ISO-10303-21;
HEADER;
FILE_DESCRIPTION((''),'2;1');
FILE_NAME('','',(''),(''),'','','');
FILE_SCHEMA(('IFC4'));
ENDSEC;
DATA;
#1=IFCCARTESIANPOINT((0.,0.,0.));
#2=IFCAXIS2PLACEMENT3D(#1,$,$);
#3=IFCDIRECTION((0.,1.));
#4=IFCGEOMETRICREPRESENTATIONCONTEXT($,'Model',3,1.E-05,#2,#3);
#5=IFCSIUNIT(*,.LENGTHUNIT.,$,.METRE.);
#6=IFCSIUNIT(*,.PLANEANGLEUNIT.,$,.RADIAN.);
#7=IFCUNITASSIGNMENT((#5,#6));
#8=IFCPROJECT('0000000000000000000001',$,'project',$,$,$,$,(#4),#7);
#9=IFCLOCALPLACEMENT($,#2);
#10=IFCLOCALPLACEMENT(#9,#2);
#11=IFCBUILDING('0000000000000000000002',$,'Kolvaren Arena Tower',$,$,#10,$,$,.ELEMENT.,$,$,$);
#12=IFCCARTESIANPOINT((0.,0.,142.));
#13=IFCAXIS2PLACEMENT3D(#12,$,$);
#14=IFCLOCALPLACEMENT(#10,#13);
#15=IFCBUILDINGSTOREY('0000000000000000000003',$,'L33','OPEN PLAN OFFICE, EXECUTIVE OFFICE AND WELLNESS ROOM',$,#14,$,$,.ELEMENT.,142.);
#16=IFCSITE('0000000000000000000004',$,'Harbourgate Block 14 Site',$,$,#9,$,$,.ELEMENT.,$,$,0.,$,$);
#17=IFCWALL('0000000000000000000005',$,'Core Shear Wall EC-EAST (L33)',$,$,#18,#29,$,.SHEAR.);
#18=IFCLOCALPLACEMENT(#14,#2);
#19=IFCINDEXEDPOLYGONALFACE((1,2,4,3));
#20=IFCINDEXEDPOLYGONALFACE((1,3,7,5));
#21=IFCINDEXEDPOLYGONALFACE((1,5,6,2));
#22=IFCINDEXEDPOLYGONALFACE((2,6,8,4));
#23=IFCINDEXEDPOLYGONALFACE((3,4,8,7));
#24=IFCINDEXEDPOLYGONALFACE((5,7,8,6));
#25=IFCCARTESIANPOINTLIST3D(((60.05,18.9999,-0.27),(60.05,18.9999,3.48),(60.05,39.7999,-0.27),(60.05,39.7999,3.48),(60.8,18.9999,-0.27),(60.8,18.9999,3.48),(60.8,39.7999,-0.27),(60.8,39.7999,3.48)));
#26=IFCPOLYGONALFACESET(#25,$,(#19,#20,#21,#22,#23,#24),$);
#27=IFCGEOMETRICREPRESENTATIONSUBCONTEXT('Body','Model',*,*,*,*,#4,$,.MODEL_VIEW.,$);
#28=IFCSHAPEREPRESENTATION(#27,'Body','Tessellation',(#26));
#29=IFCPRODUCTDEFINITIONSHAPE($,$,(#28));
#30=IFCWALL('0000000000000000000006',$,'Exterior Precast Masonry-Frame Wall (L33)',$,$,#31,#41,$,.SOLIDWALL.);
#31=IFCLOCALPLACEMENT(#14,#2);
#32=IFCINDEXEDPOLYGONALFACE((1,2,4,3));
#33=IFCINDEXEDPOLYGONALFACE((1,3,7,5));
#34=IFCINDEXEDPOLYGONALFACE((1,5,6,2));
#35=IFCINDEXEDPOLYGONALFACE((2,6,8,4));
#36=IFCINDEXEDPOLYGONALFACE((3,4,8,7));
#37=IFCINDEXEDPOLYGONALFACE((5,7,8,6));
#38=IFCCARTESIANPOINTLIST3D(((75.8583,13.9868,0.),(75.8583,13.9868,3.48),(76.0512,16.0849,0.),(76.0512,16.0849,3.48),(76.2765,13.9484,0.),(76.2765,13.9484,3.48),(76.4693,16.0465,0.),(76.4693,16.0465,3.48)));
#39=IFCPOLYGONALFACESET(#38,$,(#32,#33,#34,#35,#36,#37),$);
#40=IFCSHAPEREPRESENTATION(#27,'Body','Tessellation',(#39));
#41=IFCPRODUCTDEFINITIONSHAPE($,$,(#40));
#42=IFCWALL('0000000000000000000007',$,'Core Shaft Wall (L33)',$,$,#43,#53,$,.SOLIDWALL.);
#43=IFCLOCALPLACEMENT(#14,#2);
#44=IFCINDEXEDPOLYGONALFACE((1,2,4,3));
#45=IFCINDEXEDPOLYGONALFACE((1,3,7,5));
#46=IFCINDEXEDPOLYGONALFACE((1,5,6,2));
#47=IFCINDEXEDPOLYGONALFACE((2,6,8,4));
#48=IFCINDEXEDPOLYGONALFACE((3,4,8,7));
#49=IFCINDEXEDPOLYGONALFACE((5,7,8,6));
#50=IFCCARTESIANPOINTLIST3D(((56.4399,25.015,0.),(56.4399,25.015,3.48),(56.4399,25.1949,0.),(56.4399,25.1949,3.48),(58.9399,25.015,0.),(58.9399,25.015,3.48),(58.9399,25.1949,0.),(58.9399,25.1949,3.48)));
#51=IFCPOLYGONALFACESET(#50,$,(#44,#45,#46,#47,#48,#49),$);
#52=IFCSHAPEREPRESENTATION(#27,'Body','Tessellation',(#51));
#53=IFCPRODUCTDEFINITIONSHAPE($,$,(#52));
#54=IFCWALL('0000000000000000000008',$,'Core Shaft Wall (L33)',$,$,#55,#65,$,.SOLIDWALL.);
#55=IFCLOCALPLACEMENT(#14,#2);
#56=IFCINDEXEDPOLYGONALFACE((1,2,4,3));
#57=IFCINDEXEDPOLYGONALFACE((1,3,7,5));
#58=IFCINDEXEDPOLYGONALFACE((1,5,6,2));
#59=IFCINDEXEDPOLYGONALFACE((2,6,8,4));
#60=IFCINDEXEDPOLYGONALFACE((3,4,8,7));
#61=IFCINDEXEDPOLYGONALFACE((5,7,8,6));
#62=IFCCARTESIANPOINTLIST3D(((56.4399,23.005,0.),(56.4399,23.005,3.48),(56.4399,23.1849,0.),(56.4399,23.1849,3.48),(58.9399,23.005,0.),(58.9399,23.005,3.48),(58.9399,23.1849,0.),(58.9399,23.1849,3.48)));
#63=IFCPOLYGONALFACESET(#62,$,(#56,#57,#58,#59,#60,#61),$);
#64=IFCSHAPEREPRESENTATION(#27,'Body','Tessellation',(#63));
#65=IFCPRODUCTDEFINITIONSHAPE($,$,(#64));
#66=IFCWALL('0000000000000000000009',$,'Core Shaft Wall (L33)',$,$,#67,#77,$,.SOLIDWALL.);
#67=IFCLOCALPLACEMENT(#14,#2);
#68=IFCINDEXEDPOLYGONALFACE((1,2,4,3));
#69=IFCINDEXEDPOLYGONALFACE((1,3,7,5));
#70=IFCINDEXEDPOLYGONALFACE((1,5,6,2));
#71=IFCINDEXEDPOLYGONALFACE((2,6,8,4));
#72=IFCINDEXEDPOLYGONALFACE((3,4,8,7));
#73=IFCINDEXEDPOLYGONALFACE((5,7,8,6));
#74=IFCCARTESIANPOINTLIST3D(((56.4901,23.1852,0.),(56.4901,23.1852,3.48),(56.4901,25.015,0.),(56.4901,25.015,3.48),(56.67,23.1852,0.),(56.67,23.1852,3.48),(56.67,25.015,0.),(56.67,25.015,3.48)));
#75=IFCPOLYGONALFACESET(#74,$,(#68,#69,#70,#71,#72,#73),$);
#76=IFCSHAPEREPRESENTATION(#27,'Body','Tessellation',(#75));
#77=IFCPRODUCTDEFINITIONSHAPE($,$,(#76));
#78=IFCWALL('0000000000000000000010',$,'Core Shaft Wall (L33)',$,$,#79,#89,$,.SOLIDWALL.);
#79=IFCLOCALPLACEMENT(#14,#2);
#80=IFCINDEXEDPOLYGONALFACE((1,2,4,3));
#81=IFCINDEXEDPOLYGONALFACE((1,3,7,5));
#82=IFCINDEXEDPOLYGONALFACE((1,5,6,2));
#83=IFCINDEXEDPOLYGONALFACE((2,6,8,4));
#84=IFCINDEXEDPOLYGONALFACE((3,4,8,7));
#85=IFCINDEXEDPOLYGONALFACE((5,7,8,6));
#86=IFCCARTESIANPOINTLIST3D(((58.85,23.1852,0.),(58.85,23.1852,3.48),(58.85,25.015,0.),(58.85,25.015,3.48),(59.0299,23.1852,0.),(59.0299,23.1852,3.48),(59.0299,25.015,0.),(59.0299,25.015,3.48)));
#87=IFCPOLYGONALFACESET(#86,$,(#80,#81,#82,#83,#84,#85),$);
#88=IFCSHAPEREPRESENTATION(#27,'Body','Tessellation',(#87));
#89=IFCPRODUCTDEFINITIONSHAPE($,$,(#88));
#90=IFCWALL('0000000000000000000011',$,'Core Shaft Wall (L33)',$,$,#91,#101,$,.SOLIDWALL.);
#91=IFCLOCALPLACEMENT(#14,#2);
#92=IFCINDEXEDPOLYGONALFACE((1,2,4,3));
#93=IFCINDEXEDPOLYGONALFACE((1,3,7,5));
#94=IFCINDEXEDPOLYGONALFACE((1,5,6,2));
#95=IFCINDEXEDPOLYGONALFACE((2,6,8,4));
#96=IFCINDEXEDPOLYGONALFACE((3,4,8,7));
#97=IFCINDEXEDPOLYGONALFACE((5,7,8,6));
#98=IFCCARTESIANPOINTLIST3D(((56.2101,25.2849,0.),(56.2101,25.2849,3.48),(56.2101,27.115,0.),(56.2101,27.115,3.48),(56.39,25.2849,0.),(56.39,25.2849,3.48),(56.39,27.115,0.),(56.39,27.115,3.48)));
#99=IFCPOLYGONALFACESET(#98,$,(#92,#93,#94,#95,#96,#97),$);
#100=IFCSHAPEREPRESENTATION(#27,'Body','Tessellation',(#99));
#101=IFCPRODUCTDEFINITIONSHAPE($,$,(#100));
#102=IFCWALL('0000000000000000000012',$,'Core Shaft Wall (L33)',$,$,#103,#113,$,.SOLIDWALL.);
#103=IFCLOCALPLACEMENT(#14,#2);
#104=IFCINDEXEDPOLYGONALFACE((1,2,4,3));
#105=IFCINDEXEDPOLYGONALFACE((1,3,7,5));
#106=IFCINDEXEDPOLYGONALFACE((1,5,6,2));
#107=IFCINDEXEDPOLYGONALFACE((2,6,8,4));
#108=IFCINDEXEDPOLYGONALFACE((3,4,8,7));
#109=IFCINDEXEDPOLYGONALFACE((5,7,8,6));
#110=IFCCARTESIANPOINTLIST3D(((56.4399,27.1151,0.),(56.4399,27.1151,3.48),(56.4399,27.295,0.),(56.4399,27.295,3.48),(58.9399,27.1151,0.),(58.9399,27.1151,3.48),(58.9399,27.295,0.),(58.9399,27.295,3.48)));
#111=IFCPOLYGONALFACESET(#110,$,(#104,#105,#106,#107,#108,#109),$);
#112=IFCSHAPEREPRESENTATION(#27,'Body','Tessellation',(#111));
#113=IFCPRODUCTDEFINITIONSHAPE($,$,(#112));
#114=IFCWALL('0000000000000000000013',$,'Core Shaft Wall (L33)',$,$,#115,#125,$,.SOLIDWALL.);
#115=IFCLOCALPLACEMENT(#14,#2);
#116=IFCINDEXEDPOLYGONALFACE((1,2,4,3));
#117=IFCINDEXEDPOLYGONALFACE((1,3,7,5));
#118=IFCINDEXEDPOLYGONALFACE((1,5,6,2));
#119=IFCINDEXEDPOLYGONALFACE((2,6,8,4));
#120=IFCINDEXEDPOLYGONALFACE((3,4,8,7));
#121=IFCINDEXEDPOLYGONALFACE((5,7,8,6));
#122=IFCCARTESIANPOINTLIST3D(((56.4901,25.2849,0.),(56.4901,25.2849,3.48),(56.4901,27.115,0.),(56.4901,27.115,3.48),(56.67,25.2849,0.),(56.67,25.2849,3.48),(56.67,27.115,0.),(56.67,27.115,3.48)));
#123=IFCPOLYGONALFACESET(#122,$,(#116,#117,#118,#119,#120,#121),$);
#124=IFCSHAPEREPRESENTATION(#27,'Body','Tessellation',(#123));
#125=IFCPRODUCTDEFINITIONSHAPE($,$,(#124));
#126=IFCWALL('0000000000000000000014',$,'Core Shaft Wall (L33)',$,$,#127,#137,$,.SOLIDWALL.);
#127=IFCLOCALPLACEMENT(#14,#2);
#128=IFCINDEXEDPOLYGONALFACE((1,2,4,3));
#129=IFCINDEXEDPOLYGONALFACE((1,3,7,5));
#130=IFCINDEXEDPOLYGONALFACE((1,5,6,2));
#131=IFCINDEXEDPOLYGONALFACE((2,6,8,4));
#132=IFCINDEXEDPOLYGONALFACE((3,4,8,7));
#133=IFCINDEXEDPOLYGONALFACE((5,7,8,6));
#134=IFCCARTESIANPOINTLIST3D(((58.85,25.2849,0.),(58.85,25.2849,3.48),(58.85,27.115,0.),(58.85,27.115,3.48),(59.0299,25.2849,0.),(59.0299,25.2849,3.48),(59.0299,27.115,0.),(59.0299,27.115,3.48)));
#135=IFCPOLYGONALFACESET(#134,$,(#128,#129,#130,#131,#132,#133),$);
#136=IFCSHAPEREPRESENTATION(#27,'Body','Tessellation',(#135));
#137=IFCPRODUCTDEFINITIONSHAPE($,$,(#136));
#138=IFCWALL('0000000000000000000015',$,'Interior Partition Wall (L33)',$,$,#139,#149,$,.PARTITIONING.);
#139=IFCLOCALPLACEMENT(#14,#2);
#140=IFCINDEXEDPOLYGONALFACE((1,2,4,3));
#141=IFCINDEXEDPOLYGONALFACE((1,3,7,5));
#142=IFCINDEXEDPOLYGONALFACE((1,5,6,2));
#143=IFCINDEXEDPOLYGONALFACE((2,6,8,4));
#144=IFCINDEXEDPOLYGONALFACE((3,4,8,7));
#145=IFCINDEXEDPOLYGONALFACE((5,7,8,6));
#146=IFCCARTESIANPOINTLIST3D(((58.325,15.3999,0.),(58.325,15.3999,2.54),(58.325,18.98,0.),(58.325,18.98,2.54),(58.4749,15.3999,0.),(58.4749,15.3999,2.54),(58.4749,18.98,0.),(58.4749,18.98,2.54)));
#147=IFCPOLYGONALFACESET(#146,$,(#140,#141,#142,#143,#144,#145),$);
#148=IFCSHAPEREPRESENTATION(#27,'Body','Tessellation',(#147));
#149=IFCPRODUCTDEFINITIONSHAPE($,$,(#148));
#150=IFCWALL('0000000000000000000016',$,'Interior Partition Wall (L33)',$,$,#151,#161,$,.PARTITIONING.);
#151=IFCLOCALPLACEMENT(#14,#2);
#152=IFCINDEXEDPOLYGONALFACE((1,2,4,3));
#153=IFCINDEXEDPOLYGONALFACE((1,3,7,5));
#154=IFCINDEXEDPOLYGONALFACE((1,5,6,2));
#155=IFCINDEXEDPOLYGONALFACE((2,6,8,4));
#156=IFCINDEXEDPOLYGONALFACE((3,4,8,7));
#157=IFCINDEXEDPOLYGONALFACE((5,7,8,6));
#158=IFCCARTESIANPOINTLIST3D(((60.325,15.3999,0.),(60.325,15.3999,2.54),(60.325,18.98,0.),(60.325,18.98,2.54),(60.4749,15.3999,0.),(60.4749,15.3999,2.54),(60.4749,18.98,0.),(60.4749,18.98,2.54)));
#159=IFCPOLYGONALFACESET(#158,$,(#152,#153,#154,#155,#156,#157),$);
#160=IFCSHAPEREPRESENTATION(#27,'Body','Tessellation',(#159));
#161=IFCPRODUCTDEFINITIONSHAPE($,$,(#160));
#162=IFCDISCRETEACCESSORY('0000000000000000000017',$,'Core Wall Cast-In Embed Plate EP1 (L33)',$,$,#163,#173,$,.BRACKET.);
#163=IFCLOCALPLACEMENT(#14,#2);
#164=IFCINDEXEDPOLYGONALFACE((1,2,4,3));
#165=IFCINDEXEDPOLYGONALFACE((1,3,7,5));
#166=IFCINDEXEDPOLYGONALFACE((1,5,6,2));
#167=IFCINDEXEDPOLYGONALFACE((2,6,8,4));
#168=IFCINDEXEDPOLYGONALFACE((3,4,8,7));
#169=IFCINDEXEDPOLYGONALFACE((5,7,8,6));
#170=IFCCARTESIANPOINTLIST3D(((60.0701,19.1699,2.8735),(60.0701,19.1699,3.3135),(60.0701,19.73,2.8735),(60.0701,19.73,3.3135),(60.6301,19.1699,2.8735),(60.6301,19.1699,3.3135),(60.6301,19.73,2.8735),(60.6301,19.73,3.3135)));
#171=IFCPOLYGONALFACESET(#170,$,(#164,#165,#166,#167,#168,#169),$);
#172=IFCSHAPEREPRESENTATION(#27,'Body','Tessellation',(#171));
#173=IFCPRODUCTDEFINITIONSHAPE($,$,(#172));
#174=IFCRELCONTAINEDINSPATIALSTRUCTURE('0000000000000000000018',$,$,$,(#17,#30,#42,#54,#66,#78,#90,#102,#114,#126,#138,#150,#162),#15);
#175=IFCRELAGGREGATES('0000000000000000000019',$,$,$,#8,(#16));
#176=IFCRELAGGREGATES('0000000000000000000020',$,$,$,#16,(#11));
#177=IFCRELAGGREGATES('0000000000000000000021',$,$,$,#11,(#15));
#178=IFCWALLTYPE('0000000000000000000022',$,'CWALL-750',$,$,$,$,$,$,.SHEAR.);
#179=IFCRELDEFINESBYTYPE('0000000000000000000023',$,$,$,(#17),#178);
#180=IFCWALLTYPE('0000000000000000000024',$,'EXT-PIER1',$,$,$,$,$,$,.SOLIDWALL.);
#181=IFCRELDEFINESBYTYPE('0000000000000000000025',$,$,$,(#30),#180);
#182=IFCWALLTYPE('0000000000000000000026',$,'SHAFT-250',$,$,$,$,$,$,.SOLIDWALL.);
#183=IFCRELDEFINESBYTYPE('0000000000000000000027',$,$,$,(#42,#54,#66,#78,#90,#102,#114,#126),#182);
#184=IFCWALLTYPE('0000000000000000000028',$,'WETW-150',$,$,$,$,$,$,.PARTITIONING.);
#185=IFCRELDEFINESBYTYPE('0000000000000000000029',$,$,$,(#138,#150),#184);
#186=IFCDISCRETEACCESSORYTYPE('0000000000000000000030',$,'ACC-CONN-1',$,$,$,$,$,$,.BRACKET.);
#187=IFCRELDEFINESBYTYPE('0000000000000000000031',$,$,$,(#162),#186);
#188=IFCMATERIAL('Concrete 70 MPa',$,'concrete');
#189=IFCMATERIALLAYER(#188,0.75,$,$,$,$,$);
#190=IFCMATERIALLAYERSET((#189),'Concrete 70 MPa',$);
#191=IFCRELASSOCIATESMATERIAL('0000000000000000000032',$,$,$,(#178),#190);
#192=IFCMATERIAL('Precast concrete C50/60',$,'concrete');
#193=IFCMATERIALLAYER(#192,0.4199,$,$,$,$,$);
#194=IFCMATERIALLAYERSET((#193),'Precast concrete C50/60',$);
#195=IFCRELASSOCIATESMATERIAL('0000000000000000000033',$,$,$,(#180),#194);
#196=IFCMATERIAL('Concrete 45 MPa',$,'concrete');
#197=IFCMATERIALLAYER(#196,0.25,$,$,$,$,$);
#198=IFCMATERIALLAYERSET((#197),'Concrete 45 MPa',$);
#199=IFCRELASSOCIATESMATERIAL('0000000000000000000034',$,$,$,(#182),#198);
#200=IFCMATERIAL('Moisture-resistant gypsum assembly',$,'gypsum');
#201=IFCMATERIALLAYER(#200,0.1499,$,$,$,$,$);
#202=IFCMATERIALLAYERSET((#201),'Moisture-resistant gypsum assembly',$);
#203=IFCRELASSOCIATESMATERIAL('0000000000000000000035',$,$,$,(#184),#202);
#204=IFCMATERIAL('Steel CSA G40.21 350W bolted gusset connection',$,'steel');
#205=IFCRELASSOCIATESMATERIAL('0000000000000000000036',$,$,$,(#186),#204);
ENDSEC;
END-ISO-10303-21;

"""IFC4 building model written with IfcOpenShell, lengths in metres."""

from ifc_helpers import new_model, si_unit, direction, frame, frame_2d, origin, origin_2d, place, context, subcontext, project, spatial, rectangle, extrude, material, layer, layer_set, type_object, element, save


model = new_model("IFC4")

# Units and contexts
model_context = context("Model", 3, precision=1e-05, world=origin(), true_north=direction((0.0, 1.0)))
body_context = subcontext(model_context, "Body", "Model", "MODEL_VIEW")
ifc_project = project(units=[si_unit("LENGTHUNIT", "METRE"), si_unit("PLANEANGLEUNIT", "RADIAN")], contexts=[model_context])

# Site, building, storey
site_placement = place(None, origin())
site = spatial("IfcSite", under=ifc_project, at=site_placement, Name="Harbourgate Block 14 Site", CompositionType="ELEMENT", RefElevation=0.0)
building_placement = place(site_placement, origin())
building = spatial("IfcBuilding", under=site, at=building_placement, Name="Kolvaren Arena Tower", CompositionType="ELEMENT")
storey_placement = place(building_placement, frame((0.0, 0.0, 142.0)))
storey = spatial("IfcBuildingStorey", under=building, at=storey_placement, Name="L33", Description="OPEN PLAN OFFICE, EXECUTIVE OFFICE AND WELLNESS ROOM", CompositionType="ELEMENT", Elevation=142.0)

# Walls
ifc_material_1 = material(Name="Concrete 70 MPa", Category="concrete")
ifc_layer_1 = layer(ifc_material_1, 0.75)
ifc_layer_set_1 = layer_set([ifc_layer_1], Name="Concrete 70 MPa")
wall_type_1 = type_object("IfcWallType", Name="CWALL-750", PredefinedType="SHEAR", material=ifc_layer_set_1)
wall_1_placement = place(storey_placement, frame((60.425, 19.0, -0.27), z_axis=(0.0, 0.0, 1.0), x_axis=(0.0, 1.0, 0.0)))
element("IfcWall", 1, at=wall_1_placement, inside=storey, type_object=wall_type_1, Name="Core Shear Wall EC-EAST (L33)", PredefinedType="SHEAR", context=body_context, shape_type="SweptSolid", body=[
    extrude(rectangle(XDim=20.8, YDim=0.75, at=frame_2d((10.3999, 0.0))), origin(), (0.0, 0.0, 1.0), 3.75),
])
ifc_material_2 = material(Name="Precast concrete C50/60", Category="concrete")
ifc_layer_2 = layer(ifc_material_2, 0.4199)
ifc_layer_set_2 = layer_set([ifc_layer_2], Name="Precast concrete C50/60")
wall_type_2 = type_object("IfcWallType", Name="EXT-PIER1", PredefinedType="SOLIDWALL", material=ifc_layer_set_2)
wall_2_placement = place(storey_placement, frame((76.2603, 16.0657, 0.0), z_axis=(0.0, 0.0, 1.0), x_axis=(-0.091539, -0.995802, 0.0)))
element("IfcWall", 2, at=wall_2_placement, inside=storey, type_object=wall_type_2, Name="Exterior Precast Masonry-Frame Wall (L33)", PredefinedType="SOLIDWALL", context=body_context, shape_type="SweptSolid", body=[
    extrude(rectangle(XDim=2.1069, YDim=0.4199, at=frame_2d((1.0535, 0.0))), origin(), (0.0, 0.0, 1.0), 3.48),
])
ifc_material_3 = material(Name="Concrete 45 MPa", Category="concrete")
ifc_layer_3 = layer(ifc_material_3, 0.25)
ifc_layer_set_3 = layer_set([ifc_layer_3], Name="Concrete 45 MPa")
wall_type_3 = type_object("IfcWallType", Name="SHAFT-250", PredefinedType="SOLIDWALL", material=ifc_layer_set_3)
for number, where, z_axis, x_axis, name in (
    (3, (56.4399, 25.105, 0.0), (0.0, 0.0, 1.0), (1.0, 0.0, 0.0), "Core Shaft Wall (L33)"),
    (4, (56.4399, 23.095, 0.0), (0.0, 0.0, 1.0), (1.0, 0.0, 0.0), "Core Shaft Wall (L33)"),
):
    element("IfcWall", number, at=place(storey_placement, frame(where, z_axis=z_axis, x_axis=x_axis)), inside=storey, type_object=wall_type_3, Name=name, PredefinedType="SOLIDWALL", context=body_context, shape_type="SweptSolid", body=[
        extrude(rectangle(XDim=2.5, YDim=0.1799, at=frame_2d((1.25, 0.0))), origin(), (0.0, 0.0, 1.0), 3.48),
    ])
for number, where, z_axis, x_axis, name in (
    (5, (56.5801, 23.1851, 0.0), (0.0, 0.0, 1.0), (0.0, 1.0, 0.0), "Core Shaft Wall (L33)"),
    (6, (58.9399, 23.1851, 0.0), (0.0, 0.0, 1.0), (0.0, 1.0, 0.0), "Core Shaft Wall (L33)"),
):
    element("IfcWall", number, at=place(storey_placement, frame(where, z_axis=z_axis, x_axis=x_axis)), inside=storey, type_object=wall_type_3, Name=name, PredefinedType="SOLIDWALL", context=body_context, shape_type="SweptSolid", body=[
        extrude(rectangle(XDim=1.8298, YDim=0.1799, at=frame_2d((0.915, 0.0))), origin(), (0.0, 0.0, 1.0), 3.48),
    ])
wall_3_placement = place(storey_placement, frame((56.3, 25.2849, 0.0), z_axis=(0.0, 0.0, 1.0), x_axis=(0.0, 1.0, 0.0)))
element("IfcWall", 7, at=wall_3_placement, inside=storey, type_object=wall_type_3, Name="Core Shaft Wall (L33)", PredefinedType="SOLIDWALL", context=body_context, shape_type="SweptSolid", body=[
    extrude(rectangle(XDim=1.8301, YDim=0.1799, at=frame_2d((0.915, 0.0))), origin(), (0.0, 0.0, 1.0), 3.48),
])
wall_4_placement = place(storey_placement, frame((56.4399, 27.2051, 0.0), z_axis=(0.0, 0.0, 1.0), x_axis=(1.0, 0.0, 0.0)))
element("IfcWall", 8, at=wall_4_placement, inside=storey, type_object=wall_type_3, Name="Core Shaft Wall (L33)", PredefinedType="SOLIDWALL", context=body_context, shape_type="SweptSolid", body=[
    extrude(rectangle(XDim=2.5, YDim=0.1799, at=frame_2d((1.25, 0.0))), origin(), (0.0, 0.0, 1.0), 3.48),
])
for number, where, z_axis, x_axis, name in (
    (9, (56.5801, 25.2849, 0.0), (0.0, 0.0, 1.0), (0.0, 1.0, 0.0), "Core Shaft Wall (L33)"),
    (10, (58.9399, 25.2849, 0.0), (0.0, 0.0, 1.0), (0.0, 1.0, 0.0), "Core Shaft Wall (L33)"),
):
    element("IfcWall", number, at=place(storey_placement, frame(where, z_axis=z_axis, x_axis=x_axis)), inside=storey, type_object=wall_type_3, Name=name, PredefinedType="SOLIDWALL", context=body_context, shape_type="SweptSolid", body=[
        extrude(rectangle(XDim=1.8301, YDim=0.1799, at=frame_2d((0.915, 0.0))), origin(), (0.0, 0.0, 1.0), 3.48),
    ])
ifc_material_4 = material(Name="Moisture-resistant gypsum assembly", Category="gypsum")
ifc_layer_4 = layer(ifc_material_4, 0.1499)
ifc_layer_set_4 = layer_set([ifc_layer_4], Name="Moisture-resistant gypsum assembly")
wall_type_4 = type_object("IfcWallType", Name="WETW-150", PredefinedType="PARTITIONING", material=ifc_layer_set_4)
for number, where, z_axis, x_axis, name in (
    (11, (58.3999, 15.3999, 0.0), (0.0, 0.0, 1.0), (0.0, 1.0, 0.0), "Interior Partition Wall (L33)"),
    (12, (60.3999, 15.3999, 0.0), (0.0, 0.0, 1.0), (0.0, 1.0, 0.0), "Interior Partition Wall (L33)"),
):
    element("IfcWall", number, at=place(storey_placement, frame(where, z_axis=z_axis, x_axis=x_axis)), inside=storey, type_object=wall_type_4, Name=name, PredefinedType="PARTITIONING", context=body_context, shape_type="SweptSolid", body=[
        extrude(rectangle(XDim=3.5801, YDim=0.1499, at=frame_2d((1.79, 0.0))), origin(), (0.0, 0.0, 1.0), 2.54),
    ])

# Discrete accessory
ifc_material_5 = material(Name="Steel CSA G40.21 350W bolted gusset connection", Category="steel")
discrete_accessory_type = type_object("IfcDiscreteAccessoryType", Name="ACC-CONN-1", PredefinedType="BRACKET", material=ifc_material_5)
discrete_accessory_placement = place(storey_placement, frame((60.3501, 19.45, 2.8735), z_axis=(0.0, 0.0, 1.0), x_axis=(1.0, 0.0, 0.0)))
element("IfcDiscreteAccessory", 13, at=discrete_accessory_placement, inside=storey, type_object=discrete_accessory_type, Name="Core Wall Cast-In Embed Plate EP1 (L33)", PredefinedType="BRACKET", context=body_context, shape_type="SweptSolid", body=[
    extrude(rectangle(XDim=0.5601, YDim=0.5601, at=origin_2d()), origin(), (0.0, 0.0, 1.0), 0.4399),
])

save(model, "model.ifc")
